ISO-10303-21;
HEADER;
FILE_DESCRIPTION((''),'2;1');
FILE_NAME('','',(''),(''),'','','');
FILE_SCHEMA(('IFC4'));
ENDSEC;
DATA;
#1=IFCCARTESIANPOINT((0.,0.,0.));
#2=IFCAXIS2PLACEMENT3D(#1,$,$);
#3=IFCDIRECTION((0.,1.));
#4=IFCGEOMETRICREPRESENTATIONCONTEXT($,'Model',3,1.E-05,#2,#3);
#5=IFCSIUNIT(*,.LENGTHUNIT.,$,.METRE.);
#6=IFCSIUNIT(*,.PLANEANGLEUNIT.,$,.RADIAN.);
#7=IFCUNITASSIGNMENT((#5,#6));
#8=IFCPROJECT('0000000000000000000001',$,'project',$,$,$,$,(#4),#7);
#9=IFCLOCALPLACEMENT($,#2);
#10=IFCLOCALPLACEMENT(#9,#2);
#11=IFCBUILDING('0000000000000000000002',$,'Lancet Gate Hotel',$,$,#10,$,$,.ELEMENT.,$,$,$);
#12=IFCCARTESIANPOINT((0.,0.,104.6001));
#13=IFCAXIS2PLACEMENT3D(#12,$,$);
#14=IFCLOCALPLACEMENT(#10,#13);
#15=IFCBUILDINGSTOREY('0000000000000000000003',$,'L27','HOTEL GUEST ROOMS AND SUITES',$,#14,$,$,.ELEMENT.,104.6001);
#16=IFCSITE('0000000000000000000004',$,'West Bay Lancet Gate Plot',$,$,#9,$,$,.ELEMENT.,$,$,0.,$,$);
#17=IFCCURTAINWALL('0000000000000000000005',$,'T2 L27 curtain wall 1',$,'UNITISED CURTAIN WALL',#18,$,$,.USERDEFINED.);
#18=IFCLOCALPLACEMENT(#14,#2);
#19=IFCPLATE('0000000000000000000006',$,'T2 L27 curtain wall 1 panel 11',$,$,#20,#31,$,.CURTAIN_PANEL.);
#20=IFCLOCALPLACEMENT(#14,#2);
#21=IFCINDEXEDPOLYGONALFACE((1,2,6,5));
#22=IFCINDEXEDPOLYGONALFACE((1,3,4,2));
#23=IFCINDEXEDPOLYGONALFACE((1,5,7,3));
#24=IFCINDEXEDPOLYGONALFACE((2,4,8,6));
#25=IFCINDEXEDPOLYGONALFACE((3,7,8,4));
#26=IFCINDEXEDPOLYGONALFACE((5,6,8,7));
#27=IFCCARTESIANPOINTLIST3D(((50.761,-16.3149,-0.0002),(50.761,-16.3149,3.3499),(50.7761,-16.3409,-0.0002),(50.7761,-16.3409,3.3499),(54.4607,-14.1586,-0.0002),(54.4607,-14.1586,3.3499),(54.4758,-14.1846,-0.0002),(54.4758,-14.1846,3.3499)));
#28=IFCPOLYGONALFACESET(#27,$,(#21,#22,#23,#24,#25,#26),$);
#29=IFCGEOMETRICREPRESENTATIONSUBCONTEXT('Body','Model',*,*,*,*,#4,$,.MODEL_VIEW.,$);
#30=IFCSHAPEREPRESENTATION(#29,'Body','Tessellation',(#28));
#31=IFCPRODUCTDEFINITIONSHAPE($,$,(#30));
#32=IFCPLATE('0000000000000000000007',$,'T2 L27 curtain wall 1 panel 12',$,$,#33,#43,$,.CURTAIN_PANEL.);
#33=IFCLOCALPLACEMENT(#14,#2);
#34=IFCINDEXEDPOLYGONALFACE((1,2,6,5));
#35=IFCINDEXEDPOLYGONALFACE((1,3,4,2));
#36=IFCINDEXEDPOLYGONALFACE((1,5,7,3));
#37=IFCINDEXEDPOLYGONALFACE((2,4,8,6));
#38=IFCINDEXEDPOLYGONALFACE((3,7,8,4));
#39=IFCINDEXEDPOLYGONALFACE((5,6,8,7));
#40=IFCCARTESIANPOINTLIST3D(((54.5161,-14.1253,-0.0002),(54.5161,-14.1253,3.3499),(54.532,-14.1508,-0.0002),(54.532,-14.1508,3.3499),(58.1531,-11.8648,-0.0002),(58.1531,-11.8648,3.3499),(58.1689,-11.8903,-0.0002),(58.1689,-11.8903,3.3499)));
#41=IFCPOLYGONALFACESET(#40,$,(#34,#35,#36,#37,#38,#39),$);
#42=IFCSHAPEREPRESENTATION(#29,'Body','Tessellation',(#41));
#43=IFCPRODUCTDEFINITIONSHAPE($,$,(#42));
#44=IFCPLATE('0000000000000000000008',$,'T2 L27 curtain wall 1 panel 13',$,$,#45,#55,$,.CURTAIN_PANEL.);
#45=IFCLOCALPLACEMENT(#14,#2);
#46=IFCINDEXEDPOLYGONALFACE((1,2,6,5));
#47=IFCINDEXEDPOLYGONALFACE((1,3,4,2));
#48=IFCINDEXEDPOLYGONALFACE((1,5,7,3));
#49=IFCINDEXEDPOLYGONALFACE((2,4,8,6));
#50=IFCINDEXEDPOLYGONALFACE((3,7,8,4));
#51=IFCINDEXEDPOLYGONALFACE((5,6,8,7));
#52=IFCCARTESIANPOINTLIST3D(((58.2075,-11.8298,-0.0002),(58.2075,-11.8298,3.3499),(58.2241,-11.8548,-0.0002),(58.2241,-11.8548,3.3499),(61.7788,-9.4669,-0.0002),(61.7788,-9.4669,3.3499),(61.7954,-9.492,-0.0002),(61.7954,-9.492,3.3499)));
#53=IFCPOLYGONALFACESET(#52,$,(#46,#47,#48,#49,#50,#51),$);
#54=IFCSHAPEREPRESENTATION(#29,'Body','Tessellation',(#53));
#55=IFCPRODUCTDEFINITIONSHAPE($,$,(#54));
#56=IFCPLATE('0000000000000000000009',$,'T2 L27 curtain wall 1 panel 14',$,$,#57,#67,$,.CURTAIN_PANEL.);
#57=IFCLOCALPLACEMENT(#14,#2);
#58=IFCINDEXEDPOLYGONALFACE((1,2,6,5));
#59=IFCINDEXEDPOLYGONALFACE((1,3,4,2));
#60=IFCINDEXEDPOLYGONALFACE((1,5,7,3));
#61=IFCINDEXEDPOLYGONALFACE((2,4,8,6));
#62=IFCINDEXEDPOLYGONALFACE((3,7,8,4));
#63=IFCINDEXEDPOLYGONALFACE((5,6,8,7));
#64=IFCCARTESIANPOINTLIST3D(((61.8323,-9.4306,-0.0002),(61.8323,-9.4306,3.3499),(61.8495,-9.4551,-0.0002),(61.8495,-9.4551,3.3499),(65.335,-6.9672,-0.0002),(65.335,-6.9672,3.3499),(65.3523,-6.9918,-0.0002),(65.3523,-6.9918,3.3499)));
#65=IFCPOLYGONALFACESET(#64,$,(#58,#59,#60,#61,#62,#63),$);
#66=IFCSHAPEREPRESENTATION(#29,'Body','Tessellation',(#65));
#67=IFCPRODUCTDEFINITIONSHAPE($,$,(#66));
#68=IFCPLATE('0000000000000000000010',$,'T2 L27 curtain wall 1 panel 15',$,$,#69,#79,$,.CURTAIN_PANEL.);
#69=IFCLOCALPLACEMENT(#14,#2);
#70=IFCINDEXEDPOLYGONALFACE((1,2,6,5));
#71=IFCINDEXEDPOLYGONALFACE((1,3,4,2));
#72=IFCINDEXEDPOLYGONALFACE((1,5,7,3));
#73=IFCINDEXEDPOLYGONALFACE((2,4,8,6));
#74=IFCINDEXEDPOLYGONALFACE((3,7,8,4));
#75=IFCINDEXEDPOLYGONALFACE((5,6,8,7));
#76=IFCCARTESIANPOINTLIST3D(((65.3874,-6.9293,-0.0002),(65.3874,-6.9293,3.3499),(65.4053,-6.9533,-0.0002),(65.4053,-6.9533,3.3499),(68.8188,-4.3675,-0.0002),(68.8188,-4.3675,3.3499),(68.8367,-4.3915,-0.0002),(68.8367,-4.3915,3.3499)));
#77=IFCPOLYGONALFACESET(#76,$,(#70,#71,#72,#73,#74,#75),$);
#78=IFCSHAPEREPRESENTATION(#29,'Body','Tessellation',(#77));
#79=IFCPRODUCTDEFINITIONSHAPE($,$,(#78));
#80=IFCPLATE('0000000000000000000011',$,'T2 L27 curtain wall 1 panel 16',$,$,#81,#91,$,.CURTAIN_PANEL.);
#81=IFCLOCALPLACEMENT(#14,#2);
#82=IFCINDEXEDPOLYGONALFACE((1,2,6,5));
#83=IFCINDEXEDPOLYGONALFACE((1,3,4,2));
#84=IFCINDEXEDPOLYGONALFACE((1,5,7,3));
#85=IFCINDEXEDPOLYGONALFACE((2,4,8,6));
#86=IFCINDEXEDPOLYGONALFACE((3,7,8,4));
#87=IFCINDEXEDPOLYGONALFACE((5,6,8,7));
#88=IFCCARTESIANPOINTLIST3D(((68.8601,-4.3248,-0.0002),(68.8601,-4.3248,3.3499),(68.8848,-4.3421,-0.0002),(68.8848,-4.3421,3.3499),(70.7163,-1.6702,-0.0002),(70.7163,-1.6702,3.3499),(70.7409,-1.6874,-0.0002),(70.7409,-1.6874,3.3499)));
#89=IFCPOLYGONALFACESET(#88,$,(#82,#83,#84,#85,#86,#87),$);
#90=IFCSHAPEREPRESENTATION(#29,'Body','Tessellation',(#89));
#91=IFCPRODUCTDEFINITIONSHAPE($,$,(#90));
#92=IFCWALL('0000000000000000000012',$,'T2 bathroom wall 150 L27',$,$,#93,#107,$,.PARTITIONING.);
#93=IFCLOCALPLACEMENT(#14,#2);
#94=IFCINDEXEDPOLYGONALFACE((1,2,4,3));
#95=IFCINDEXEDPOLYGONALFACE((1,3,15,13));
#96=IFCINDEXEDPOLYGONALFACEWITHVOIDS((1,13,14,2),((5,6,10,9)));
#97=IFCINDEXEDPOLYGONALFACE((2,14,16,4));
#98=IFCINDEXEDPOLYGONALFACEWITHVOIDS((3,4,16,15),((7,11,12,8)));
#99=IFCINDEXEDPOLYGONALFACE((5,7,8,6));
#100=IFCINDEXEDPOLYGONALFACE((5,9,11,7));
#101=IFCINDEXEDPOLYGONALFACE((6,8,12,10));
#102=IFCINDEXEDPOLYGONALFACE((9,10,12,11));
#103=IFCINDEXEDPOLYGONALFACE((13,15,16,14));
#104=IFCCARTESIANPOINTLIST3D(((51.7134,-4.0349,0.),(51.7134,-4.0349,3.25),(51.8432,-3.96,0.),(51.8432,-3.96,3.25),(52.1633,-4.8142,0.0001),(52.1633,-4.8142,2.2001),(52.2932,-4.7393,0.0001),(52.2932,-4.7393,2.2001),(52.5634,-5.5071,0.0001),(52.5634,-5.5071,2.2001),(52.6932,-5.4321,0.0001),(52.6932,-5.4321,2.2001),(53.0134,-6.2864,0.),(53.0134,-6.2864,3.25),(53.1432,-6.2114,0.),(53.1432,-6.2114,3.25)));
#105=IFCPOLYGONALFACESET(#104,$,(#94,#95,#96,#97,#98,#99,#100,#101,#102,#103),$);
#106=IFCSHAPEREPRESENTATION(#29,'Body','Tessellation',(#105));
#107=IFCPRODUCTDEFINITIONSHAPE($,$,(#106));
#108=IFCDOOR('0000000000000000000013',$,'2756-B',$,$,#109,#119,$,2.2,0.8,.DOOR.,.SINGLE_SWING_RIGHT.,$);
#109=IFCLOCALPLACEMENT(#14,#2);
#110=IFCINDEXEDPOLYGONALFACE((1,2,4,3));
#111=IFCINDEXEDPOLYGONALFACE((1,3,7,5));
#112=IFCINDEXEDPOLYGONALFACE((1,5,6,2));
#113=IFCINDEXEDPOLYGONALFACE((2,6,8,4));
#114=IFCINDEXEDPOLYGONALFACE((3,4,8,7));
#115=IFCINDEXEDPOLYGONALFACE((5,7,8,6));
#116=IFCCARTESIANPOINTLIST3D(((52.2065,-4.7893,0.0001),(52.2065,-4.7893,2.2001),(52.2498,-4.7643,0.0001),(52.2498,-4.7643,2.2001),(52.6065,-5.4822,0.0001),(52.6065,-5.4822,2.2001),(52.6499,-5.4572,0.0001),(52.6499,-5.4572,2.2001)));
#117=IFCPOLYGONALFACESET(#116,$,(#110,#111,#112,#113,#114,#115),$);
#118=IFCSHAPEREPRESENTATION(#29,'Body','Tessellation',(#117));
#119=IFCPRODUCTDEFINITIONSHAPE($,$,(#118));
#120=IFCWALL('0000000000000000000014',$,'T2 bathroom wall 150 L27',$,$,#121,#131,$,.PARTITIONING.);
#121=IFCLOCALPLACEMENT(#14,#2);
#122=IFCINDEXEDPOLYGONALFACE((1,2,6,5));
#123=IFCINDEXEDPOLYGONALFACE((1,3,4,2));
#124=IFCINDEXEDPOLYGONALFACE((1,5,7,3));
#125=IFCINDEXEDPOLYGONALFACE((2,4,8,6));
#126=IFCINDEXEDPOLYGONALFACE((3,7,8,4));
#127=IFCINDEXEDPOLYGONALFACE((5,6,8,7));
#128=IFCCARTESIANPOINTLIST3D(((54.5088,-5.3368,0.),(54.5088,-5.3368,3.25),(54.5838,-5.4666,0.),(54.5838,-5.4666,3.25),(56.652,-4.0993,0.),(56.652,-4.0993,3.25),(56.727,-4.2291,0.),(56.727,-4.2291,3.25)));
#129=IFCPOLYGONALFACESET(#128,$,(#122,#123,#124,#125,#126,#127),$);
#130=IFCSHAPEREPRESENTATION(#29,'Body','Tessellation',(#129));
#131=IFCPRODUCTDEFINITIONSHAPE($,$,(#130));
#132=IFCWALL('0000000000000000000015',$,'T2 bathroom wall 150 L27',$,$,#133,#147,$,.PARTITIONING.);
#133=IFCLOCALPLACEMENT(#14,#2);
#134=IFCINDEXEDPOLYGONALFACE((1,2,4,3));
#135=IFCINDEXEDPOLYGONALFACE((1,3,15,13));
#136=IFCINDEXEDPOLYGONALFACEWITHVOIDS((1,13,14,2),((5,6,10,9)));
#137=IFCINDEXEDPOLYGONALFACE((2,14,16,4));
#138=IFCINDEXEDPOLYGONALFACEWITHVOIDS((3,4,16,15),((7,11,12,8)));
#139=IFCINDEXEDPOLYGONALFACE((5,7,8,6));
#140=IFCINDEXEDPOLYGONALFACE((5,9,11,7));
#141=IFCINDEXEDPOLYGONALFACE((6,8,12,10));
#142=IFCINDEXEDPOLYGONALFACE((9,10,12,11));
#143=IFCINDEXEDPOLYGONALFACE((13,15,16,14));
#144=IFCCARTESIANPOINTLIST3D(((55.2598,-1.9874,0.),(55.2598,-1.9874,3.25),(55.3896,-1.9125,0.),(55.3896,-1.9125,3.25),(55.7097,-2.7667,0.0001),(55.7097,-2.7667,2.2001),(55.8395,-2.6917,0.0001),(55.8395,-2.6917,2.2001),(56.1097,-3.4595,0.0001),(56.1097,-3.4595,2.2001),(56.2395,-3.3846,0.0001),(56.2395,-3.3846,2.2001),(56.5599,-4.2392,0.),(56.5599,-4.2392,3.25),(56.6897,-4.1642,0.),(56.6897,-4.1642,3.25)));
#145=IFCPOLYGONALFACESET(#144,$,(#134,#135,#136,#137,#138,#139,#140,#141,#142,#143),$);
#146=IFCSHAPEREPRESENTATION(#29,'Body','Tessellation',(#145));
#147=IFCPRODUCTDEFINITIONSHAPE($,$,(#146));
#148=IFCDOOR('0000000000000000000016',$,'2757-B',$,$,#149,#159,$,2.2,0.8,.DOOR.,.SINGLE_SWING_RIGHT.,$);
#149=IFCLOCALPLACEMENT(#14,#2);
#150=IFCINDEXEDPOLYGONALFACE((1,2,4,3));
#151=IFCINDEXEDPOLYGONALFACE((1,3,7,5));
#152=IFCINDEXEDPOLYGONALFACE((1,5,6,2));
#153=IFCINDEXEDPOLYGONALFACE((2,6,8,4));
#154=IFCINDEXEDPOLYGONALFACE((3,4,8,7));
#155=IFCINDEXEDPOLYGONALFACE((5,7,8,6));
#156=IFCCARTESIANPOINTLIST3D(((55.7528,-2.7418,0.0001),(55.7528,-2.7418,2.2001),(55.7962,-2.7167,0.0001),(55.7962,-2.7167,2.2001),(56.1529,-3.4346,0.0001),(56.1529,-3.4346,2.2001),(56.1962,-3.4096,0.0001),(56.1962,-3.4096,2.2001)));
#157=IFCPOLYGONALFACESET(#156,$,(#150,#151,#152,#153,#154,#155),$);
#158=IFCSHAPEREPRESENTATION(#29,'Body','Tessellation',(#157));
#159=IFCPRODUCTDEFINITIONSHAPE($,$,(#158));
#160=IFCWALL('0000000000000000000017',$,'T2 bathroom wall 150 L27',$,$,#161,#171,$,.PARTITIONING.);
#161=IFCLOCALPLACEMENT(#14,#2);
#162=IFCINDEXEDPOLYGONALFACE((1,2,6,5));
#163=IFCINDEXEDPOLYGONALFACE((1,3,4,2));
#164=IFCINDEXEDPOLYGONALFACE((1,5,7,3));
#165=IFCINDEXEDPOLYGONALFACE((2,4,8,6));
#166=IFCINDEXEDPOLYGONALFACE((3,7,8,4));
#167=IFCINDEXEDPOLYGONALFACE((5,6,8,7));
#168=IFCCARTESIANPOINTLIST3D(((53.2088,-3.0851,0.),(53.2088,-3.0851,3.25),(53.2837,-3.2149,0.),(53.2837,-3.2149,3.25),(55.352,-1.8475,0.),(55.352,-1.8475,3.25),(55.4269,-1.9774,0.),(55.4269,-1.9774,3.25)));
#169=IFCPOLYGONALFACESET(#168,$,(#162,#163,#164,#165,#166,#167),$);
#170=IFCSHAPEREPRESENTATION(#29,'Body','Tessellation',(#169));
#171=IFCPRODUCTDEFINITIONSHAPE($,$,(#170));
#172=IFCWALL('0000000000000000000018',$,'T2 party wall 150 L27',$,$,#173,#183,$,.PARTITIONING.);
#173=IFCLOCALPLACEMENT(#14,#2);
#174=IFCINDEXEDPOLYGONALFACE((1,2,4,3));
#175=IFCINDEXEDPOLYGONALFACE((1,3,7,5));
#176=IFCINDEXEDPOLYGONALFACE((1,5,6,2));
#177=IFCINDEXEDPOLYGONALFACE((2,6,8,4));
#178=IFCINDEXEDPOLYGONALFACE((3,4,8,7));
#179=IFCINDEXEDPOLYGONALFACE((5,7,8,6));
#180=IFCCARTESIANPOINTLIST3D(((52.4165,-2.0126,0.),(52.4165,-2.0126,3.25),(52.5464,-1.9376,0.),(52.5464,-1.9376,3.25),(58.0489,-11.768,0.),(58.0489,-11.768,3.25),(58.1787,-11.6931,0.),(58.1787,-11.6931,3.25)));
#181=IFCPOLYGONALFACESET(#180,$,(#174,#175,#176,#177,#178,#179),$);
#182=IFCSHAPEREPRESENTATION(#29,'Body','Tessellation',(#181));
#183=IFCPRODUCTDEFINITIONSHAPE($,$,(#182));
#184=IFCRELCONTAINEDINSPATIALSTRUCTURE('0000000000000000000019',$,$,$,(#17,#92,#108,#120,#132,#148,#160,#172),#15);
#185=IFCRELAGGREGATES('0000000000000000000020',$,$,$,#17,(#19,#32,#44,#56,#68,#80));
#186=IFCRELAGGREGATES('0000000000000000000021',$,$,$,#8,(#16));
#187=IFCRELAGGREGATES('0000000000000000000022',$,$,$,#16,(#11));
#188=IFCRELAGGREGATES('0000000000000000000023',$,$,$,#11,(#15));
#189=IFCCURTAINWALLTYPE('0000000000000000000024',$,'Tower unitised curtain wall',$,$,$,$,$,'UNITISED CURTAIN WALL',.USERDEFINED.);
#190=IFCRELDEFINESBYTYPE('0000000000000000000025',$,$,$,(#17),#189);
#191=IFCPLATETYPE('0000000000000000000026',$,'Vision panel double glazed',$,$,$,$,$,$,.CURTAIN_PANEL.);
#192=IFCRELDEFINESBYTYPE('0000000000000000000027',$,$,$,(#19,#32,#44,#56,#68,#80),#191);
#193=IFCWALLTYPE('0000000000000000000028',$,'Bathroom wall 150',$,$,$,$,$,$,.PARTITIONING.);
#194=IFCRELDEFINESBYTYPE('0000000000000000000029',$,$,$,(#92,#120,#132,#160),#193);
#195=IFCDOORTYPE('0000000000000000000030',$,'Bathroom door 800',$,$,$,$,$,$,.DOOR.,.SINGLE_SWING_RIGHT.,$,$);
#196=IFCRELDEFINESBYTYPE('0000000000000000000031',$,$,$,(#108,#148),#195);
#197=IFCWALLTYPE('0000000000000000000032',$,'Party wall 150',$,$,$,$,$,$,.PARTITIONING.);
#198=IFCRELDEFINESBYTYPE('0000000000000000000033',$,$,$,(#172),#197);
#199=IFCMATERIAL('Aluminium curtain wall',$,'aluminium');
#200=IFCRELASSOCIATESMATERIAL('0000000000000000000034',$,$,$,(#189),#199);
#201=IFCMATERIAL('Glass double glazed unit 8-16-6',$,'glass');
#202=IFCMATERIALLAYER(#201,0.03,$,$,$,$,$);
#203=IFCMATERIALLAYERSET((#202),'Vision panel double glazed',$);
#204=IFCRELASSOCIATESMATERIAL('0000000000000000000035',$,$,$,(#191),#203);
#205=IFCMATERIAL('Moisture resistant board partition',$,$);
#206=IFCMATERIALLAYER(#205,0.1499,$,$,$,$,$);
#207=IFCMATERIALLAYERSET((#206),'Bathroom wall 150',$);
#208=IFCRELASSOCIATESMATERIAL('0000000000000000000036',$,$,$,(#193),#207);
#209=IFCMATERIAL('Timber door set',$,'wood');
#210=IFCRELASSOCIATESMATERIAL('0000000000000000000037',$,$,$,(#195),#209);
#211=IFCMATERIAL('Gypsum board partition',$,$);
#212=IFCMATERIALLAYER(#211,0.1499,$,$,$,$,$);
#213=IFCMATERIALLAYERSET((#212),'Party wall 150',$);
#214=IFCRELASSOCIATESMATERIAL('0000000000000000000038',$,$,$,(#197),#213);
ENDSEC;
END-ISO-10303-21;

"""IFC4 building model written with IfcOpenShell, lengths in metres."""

from ifc_helpers import new_model, si_unit, direction, frame, frame_2d, origin, origin_2d, place, context, subcontext, project, spatial, rectangle, extrude, material, layer, layer_set, type_object, element, fill, aggregate, save


model = new_model("IFC4")

# Units and contexts
model_context = context("Model", 3, precision=1e-05, world=origin(), true_north=direction((0.0, 1.0)))
body_context = subcontext(model_context, "Body", "Model", "MODEL_VIEW")
ifc_project = project(units=[si_unit("LENGTHUNIT", "METRE"), si_unit("PLANEANGLEUNIT", "RADIAN")], contexts=[model_context])

# Site, building, storey
site_placement = place(None, origin())
site = spatial("IfcSite", under=ifc_project, at=site_placement, Name="West Bay Lancet Gate Plot", CompositionType="ELEMENT", RefElevation=0.0)
building_placement = place(site_placement, origin())
building = spatial("IfcBuilding", under=site, at=building_placement, Name="Lancet Gate Hotel", CompositionType="ELEMENT")
storey_placement = place(building_placement, frame((0.0, 0.0, 104.6001)))
storey = spatial("IfcBuildingStorey", under=building, at=storey_placement, Name="L27", Description="HOTEL GUEST ROOMS AND SUITES", CompositionType="ELEMENT", Elevation=104.6001)

# Curtain wall
ifc_material_1 = material(Name="Aluminium curtain wall", Category="aluminium")
curtain_wall_type = type_object("IfcCurtainWallType", Name="Tower unitised curtain wall", ElementType="UNITISED CURTAIN WALL", PredefinedType="USERDEFINED", material=ifc_material_1)
curtain_wall_placement = place(storey_placement, origin())
curtain_wall = element("IfcCurtainWall", 1, at=curtain_wall_placement, inside=storey, type_object=curtain_wall_type, Name="T2 L27 curtain wall 1", ObjectType="UNITISED CURTAIN WALL", PredefinedType="USERDEFINED")

# Plates
ifc_material_2 = material(Name="Glass double glazed unit 8-16-6", Category="glass")
ifc_layer_1 = layer(ifc_material_2, 0.03)
ifc_layer_set_1 = layer_set([ifc_layer_1], Name="Vision panel double glazed")
plate_type = type_object("IfcPlateType", Name="Vision panel double glazed", PredefinedType="CURTAIN_PANEL", material=ifc_layer_set_1)
plate_1_placement = place(storey_placement, frame((52.6184, -15.2498, -0.0002), z_axis=(0.0, 0.0, 1.0), x_axis=(0.863966, 0.503551, 0.0)))
plate_1 = element("IfcPlate", 2, at=plate_1_placement, type_object=plate_type, Name="T2 L27 curtain wall 1 panel 11", PredefinedType="CURTAIN_PANEL", context=body_context, shape_type="SweptSolid", body=[
    extrude(rectangle(XDim=4.2822, YDim=0.03, at=origin_2d()), origin(), (0.0, 0.0, 1.0), 3.3501),
])
plate_2_placement = place(storey_placement, frame((56.3425, -13.0078, -0.0002), z_axis=(0.0, 0.0, 1.0), x_axis=(0.849318, 0.527882, 0.0)))
plate_2 = element("IfcPlate", 3, at=plate_2_placement, type_object=plate_type, Name="T2 L27 curtain wall 1 panel 12", PredefinedType="CURTAIN_PANEL", context=body_context, shape_type="SweptSolid", body=[
    extrude(rectangle(XDim=4.2822, YDim=0.03, at=origin_2d()), origin(), (0.0, 0.0, 1.0), 3.3501),
])
plate_3_placement = place(storey_placement, frame((60.0015, -10.6609, -0.0002), z_axis=(0.0, 0.0, 1.0), x_axis=(0.833985, 0.551787, 0.0)))
plate_3 = element("IfcPlate", 4, at=plate_3_placement, type_object=plate_type, Name="T2 L27 curtain wall 1 panel 13", PredefinedType="CURTAIN_PANEL", context=body_context, shape_type="SweptSolid", body=[
    extrude(rectangle(XDim=4.2822, YDim=0.03, at=origin_2d()), origin(), (0.0, 0.0, 1.0), 3.3501),
])
plate_4_placement = place(storey_placement, frame((63.5923, -8.2112, -0.0002), z_axis=(0.0, 0.0, 1.0), x_axis=(0.817979, 0.575247, 0.0)))
plate_4 = element("IfcPlate", 5, at=plate_4_placement, type_object=plate_type, Name="T2 L27 curtain wall 1 panel 14", PredefinedType="CURTAIN_PANEL", context=body_context, shape_type="SweptSolid", body=[
    extrude(rectangle(XDim=4.2822, YDim=0.03, at=origin_2d()), origin(), (0.0, 0.0, 1.0), 3.3501),
])
plate_5_placement = place(storey_placement, frame((67.1121, -5.6604, -0.0002), z_axis=(0.0, 0.0, 1.0), x_axis=(0.801314, 0.598244, 0.0)))
plate_5 = element("IfcPlate", 6, at=plate_5_placement, type_object=plate_type, Name="T2 L27 curtain wall 1 panel 15", PredefinedType="CURTAIN_PANEL", context=body_context, shape_type="SweptSolid", body=[
    extrude(rectangle(XDim=4.2822, YDim=0.03, at=origin_2d()), origin(), (0.0, 0.0, 1.0), 3.3501),
])
plate_6_placement = place(storey_placement, frame((69.8005, -3.0061, -0.0002), z_axis=(0.0, 0.0, 1.0), x_axis=(0.573025, 0.819538, 0.0)))
plate_6 = element("IfcPlate", 7, at=plate_6_placement, type_object=plate_type, Name="T2 L27 curtain wall 1 panel 16", PredefinedType="CURTAIN_PANEL", context=body_context, shape_type="SweptSolid", body=[
    extrude(rectangle(XDim=3.2393, YDim=0.03, at=origin_2d()), origin(), (0.0, 0.0, 1.0), 3.3501),
])
aggregate(curtain_wall, [plate_1, plate_2, plate_3, plate_4, plate_5, plate_6])

# Wall, opening, door
ifc_material_3 = material(Name="Moisture resistant board partition")
ifc_layer_2 = layer(ifc_material_3, 0.1499)
ifc_layer_set_2 = layer_set([ifc_layer_2], Name="Bathroom wall 150")
wall_type_1 = type_object("IfcWallType", Name="Bathroom wall 150", PredefinedType="PARTITIONING", material=ifc_layer_set_2)
wall_1_placement = place(storey_placement, frame((51.7783, -3.9976, 0.0), z_axis=(0.0, 0.0, 1.0), x_axis=(0.500048, -0.865998, 0.0)))
wall_1 = element("IfcWall", 8, at=wall_1_placement, inside=storey, type_object=wall_type_1, Name="T2 bathroom wall 150 L27", PredefinedType="PARTITIONING", context=body_context, shape_type="SweptSolid", body=[
    extrude(rectangle(XDim=2.5999, YDim=0.1499, at=frame_2d((1.2998, 0.0))), origin(), (0.0, 0.0, 1.0), 3.25),
])
opening_1_placement = place(wall_1_placement, frame((0.8999, 0.0, 0.0)))
opening_1 = element("IfcOpeningElement", 9, at=opening_1_placement, cuts=wall_1, PredefinedType="OPENING", context=body_context, shape_type="SweptSolid", body=[
    extrude(rectangle(XDim=0.8, YDim=2.2, at=frame_2d((0.3999, 1.1001))), frame((0.0, 0.085, 0.0), z_axis=(0.0, -1.0, 0.0), x_axis=(1.0, 0.0, 0.0)), (0.0, 0.0, 1.0), 0.1699),
])
ifc_material_4 = material(Name="Timber door set", Category="wood")
door_type = type_object("IfcDoorType", Name="Bathroom door 800", OperationType="SINGLE_SWING_RIGHT", PredefinedType="DOOR", material=ifc_material_4)
door_1_placement = place(opening_1_placement, origin())
door_1 = element("IfcDoor", 10, at=door_1_placement, inside=storey, type_object=door_type, Name="2756-B", OperationType="SINGLE_SWING_RIGHT", OverallHeight=2.2, OverallWidth=0.8, PredefinedType="DOOR", context=body_context, shape_type="SweptSolid", body=[
    extrude(rectangle(XDim=0.8, YDim=2.2, at=frame_2d((0.3999, 1.1001))), frame((0.0, 0.0249, 0.0), z_axis=(0.0, -1.0, 0.0), x_axis=(1.0, 0.0, 0.0)), (0.0, 0.0, 1.0), 0.05),
])
fill(opening_1, door_1)

# Wall
wall_2_placement = place(storey_placement, frame((54.5464, -5.4016, 0.0), z_axis=(0.0, 0.0, 1.0), x_axis=(0.866007, 0.500033, 0.0)))
element("IfcWall", 11, at=wall_2_placement, inside=storey, type_object=wall_type_1, Name="T2 bathroom wall 150 L27", PredefinedType="PARTITIONING", context=body_context, shape_type="SweptSolid", body=[
    extrude(rectangle(XDim=2.4749, YDim=0.1499, at=frame_2d((1.2373, 0.0))), origin(), (0.0, 0.0, 1.0), 3.25),
])

# Wall, opening, door
wall_3_placement = place(storey_placement, frame((55.3247, -1.95, 0.0), z_axis=(0.0, 0.0, 1.0), x_axis=(0.500007, -0.866021, 0.0)))
wall_3 = element("IfcWall", 12, at=wall_3_placement, inside=storey, type_object=wall_type_1, Name="T2 bathroom wall 150 L27", PredefinedType="PARTITIONING", context=body_context, shape_type="SweptSolid", body=[
    extrude(rectangle(XDim=2.6001, YDim=0.1499, at=frame_2d((1.3, 0.0))), origin(), (0.0, 0.0, 1.0), 3.25),
])
opening_2_placement = place(wall_3_placement, frame((0.8999, 0.0, 0.0)))
opening_2 = element("IfcOpeningElement", 13, at=opening_2_placement, cuts=wall_3, PredefinedType="OPENING", context=body_context, shape_type="SweptSolid", body=[
    extrude(rectangle(XDim=0.8, YDim=2.2, at=frame_2d((0.3999, 1.1001))), frame((0.0, 0.085, 0.0), z_axis=(0.0, -1.0, 0.0), x_axis=(1.0, 0.0, 0.0)), (0.0, 0.0, 1.0), 0.1699),
])
door_2_placement = place(opening_2_placement, origin())
door_2 = element("IfcDoor", 14, at=door_2_placement, inside=storey, type_object=door_type, Name="2757-B", OperationType="SINGLE_SWING_RIGHT", OverallHeight=2.2, OverallWidth=0.8, PredefinedType="DOOR", context=body_context, shape_type="SweptSolid", body=[
    extrude(rectangle(XDim=0.8, YDim=2.2, at=frame_2d((0.3999, 1.1001))), frame((0.0, 0.0249, 0.0), z_axis=(0.0, -1.0, 0.0), x_axis=(1.0, 0.0, 0.0)), (0.0, 0.0, 1.0), 0.05),
])
fill(opening_2, door_2)

# Walls
wall_4_placement = place(storey_placement, frame((53.2463, -3.1499, 0.0), z_axis=(0.0, 0.0, 1.0), x_axis=(0.866007, 0.500033, 0.0)))
element("IfcWall", 15, at=wall_4_placement, inside=storey, type_object=wall_type_1, Name="T2 bathroom wall 150 L27", PredefinedType="PARTITIONING", context=body_context, shape_type="SweptSolid", body=[
    extrude(rectangle(XDim=2.4749, YDim=0.1499, at=frame_2d((1.2373, 0.0))), origin(), (0.0, 0.0, 1.0), 3.25),
])
ifc_material_5 = material(Name="Gypsum board partition")
ifc_layer_3 = layer(ifc_material_5, 0.1499)
ifc_layer_set_3 = layer_set([ifc_layer_3], Name="Party wall 150")
wall_type_2 = type_object("IfcWallType", Name="Party wall 150", PredefinedType="PARTITIONING", material=ifc_layer_set_3)
wall_5_placement = place(storey_placement, frame((52.4814, -1.9751, 0.0), z_axis=(0.0, 0.0, 1.0), x_axis=(0.500004, -0.866023, 0.0)))
element("IfcWall", 16, at=wall_5_placement, inside=storey, type_object=wall_type_2, Name="T2 party wall 150 L27", PredefinedType="PARTITIONING", context=body_context, shape_type="SweptSolid", body=[
    extrude(rectangle(XDim=11.2646, YDim=0.1499, at=frame_2d((5.6323, 0.0))), origin(), (0.0, 0.0, 1.0), 3.25),
])

save(model, "model.ifc")
